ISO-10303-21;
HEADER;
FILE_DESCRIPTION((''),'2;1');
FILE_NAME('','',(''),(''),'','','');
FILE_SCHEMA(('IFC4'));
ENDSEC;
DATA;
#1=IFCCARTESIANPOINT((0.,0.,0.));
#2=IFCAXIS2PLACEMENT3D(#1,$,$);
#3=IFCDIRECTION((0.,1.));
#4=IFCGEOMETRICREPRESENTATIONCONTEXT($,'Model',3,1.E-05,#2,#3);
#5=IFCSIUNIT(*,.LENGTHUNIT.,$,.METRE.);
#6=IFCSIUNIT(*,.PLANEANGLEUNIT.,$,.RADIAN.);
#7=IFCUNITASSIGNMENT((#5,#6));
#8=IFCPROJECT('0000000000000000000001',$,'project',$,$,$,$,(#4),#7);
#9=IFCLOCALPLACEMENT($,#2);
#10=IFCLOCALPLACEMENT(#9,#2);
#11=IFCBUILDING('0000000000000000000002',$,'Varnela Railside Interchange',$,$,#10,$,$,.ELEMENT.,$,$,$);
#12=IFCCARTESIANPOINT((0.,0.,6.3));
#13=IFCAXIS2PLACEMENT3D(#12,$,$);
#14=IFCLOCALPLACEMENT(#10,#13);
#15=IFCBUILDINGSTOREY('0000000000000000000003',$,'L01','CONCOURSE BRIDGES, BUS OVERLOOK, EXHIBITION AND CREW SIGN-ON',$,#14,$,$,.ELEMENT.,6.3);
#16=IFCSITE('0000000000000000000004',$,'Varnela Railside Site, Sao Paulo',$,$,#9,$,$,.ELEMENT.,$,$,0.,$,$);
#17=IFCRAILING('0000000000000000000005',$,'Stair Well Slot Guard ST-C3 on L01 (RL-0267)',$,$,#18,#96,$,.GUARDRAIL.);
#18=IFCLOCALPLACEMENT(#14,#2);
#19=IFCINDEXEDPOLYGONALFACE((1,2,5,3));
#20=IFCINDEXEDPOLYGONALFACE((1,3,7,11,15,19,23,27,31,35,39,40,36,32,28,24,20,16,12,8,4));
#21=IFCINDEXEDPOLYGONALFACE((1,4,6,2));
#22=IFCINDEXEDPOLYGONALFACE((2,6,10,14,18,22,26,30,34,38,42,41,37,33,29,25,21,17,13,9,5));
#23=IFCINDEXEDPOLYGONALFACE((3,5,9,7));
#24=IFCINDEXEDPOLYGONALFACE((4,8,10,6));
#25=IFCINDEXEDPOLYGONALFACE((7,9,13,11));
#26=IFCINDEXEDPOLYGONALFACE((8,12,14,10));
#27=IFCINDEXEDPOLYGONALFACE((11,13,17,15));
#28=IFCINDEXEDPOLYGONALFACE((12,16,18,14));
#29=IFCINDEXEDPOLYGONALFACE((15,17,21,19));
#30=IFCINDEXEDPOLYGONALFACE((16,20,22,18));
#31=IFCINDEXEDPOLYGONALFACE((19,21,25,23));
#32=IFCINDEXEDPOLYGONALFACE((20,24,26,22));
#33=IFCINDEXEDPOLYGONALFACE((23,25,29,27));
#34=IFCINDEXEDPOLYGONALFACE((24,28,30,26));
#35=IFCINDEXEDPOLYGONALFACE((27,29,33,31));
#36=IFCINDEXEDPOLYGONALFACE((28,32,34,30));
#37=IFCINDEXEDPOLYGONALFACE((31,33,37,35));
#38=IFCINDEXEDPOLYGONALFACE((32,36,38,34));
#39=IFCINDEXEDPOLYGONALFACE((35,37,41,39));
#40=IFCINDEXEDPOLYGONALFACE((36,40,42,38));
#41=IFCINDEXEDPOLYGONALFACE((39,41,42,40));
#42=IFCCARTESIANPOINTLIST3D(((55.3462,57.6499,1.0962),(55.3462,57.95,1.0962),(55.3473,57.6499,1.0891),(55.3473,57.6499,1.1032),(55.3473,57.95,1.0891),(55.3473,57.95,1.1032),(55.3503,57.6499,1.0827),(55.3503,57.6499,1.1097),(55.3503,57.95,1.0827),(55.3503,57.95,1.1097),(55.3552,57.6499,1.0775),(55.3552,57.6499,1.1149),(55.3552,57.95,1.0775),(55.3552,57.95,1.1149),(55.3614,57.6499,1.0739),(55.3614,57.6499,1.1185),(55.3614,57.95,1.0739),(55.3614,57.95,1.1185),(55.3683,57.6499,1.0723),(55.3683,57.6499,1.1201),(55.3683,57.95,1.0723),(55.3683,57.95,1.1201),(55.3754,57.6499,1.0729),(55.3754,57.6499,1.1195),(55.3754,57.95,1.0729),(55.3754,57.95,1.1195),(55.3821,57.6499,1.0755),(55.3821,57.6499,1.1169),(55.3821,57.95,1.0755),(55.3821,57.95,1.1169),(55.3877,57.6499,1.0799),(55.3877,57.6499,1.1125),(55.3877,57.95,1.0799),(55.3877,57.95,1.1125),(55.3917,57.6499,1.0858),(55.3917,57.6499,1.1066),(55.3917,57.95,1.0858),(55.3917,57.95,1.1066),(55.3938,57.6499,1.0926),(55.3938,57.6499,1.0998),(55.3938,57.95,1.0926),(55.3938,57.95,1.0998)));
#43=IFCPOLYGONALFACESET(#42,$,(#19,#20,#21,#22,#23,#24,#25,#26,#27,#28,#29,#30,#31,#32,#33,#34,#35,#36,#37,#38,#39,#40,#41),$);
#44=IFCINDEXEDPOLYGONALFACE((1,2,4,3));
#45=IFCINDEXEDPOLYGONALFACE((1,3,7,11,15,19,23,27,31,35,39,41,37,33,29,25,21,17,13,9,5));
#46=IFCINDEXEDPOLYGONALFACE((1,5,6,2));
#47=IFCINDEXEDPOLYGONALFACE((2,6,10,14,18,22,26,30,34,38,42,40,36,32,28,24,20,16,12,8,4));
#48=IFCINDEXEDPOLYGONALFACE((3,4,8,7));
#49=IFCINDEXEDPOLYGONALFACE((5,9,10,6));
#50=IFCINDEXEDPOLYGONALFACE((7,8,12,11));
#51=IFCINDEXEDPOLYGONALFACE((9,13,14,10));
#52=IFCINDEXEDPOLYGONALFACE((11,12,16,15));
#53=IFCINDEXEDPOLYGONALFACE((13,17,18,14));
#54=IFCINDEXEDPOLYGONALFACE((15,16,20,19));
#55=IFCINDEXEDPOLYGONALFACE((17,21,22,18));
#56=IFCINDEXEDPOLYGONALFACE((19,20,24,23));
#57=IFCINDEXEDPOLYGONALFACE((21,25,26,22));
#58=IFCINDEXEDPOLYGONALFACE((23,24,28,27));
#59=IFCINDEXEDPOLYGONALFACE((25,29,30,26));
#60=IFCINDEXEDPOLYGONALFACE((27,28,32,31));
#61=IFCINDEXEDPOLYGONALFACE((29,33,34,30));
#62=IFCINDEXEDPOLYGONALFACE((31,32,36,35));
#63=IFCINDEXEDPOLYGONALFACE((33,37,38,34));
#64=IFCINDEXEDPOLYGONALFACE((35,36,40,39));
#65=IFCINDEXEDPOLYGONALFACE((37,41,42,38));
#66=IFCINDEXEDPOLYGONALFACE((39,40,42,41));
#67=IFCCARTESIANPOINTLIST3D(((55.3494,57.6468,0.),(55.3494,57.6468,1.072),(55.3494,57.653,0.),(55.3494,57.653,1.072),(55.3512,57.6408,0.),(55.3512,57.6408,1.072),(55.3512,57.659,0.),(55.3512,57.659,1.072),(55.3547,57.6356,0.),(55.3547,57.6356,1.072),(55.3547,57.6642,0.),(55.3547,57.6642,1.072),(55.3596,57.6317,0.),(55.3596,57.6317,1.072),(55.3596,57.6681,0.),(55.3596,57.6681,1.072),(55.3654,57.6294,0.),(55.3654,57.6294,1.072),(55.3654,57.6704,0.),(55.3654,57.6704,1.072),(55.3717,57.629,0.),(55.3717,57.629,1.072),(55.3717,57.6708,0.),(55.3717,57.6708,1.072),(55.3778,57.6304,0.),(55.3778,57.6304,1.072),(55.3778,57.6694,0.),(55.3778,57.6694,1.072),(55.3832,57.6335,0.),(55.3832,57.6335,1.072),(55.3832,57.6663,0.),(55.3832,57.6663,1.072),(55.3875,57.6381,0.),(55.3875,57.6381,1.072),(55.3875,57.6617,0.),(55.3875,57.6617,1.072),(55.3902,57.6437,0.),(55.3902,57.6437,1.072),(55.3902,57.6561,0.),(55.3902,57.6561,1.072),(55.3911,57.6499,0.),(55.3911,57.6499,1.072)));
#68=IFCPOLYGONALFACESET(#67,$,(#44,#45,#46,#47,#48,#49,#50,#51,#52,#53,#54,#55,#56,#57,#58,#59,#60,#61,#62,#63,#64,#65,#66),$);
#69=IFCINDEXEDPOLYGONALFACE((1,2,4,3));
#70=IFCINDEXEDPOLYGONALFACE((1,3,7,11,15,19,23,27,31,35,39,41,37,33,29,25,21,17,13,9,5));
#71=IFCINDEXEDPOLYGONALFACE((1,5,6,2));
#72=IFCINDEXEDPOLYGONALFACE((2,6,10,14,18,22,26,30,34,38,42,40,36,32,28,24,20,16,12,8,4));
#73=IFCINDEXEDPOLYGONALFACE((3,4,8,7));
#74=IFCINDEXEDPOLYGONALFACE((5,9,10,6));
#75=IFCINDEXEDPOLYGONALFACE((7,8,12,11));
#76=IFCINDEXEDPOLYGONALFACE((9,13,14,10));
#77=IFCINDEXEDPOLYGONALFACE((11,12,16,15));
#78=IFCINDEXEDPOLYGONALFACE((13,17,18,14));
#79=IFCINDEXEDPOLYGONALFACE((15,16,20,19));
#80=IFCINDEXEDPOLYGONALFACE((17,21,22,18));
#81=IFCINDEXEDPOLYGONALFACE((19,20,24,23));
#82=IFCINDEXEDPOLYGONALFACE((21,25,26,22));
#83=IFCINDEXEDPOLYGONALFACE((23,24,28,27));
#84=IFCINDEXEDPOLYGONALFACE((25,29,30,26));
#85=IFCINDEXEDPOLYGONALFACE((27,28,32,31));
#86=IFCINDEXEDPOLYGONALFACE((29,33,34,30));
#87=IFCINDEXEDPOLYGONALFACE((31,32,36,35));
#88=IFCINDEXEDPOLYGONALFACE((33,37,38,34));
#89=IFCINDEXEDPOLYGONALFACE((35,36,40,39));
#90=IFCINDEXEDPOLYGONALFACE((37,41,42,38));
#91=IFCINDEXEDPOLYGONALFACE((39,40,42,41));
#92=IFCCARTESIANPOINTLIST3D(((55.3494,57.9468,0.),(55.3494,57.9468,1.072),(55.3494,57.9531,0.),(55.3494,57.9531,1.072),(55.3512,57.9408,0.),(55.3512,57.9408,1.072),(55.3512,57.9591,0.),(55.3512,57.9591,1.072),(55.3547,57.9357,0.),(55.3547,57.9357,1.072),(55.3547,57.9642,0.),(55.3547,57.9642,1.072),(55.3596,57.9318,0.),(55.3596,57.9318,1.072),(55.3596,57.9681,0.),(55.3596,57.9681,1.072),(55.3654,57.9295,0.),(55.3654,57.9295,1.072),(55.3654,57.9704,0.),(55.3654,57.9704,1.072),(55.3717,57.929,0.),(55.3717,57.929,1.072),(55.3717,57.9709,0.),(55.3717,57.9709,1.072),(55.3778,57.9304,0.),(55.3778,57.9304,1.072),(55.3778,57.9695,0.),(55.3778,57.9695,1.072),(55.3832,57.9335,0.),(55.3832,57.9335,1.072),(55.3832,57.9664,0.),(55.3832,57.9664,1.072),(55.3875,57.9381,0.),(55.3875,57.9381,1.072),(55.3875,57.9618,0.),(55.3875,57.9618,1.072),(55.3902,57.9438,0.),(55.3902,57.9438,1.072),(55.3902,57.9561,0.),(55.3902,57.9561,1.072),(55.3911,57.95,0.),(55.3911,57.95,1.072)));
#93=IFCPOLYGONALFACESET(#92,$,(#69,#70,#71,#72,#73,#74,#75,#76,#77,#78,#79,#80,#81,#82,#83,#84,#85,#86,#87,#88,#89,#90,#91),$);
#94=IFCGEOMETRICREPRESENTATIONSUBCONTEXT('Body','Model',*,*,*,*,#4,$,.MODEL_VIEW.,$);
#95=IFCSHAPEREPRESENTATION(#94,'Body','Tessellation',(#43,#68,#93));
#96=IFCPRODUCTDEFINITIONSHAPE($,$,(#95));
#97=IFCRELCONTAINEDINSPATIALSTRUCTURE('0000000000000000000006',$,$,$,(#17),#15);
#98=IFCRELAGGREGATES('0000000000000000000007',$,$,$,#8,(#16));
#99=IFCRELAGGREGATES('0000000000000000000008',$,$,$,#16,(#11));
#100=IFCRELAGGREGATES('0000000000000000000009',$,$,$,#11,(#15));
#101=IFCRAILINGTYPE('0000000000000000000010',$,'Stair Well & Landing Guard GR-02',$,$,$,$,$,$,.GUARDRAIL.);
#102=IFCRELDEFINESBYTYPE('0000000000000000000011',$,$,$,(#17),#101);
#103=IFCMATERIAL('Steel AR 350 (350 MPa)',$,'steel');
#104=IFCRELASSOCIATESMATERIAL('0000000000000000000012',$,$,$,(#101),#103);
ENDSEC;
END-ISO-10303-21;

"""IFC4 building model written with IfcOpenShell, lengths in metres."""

from ifc_helpers import new_model, si_unit, direction, frame, origin, origin_2d, place, context, subcontext, project, spatial, circle, extrude, material, type_object, element, save


model = new_model("IFC4")

# Units and contexts
model_context = context("Model", 3, precision=1e-05, world=origin(), true_north=direction((0.0, 1.0)))
body_context = subcontext(model_context, "Body", "Model", "MODEL_VIEW")
ifc_project = project(units=[si_unit("LENGTHUNIT", "METRE"), si_unit("PLANEANGLEUNIT", "RADIAN")], contexts=[model_context])

# Site, building, storey
site_placement = place(None, origin())
site = spatial("IfcSite", under=ifc_project, at=site_placement, Name="Varnela Railside Site, Sao Paulo", CompositionType="ELEMENT", RefElevation=0.0)
building_placement = place(site_placement, origin())
building = spatial("IfcBuilding", under=site, at=building_placement, Name="Varnela Railside Interchange", CompositionType="ELEMENT")
storey_placement = place(building_placement, frame((0.0, 0.0, 6.3)))
storey = spatial("IfcBuildingStorey", under=building, at=storey_placement, Name="L01", Description="CONCOURSE BRIDGES, BUS OVERLOOK, EXHIBITION AND CREW SIGN-ON", CompositionType="ELEMENT", Elevation=6.3)

# Shared definitions
ifc_material_1 = material(Name="Steel AR 350 (350 MPa)", Category="steel")

# Railing
railing_type_1 = type_object("IfcRailingType", Name="Stair Well & Landing Guard GR-02", PredefinedType="GUARDRAIL", material=ifc_material_1)
railing_1_placement = place(storey_placement, frame((55.3701, 57.6499, 0.0)))
element("IfcRailing", 1, at=railing_1_placement, inside=storey, type_object=railing_type_1, Name="Stair Well Slot Guard ST-C3 on L01 (RL-0267)", PredefinedType="GUARDRAIL", context=body_context, shape_type="SweptSolid", body=[
    extrude(circle(Radius=0.0239, at=origin_2d()), frame((0.0, 0.0, 1.0962), z_axis=(0.0, 1.0, 0.0), x_axis=(-1.0, 0.0, 0.0)), (0.0, 0.0, 1.0), 0.3),
    extrude(circle(Radius=0.021, at=origin_2d()), origin(), (0.0, 0.0, 1.0), 1.072),
    extrude(circle(Radius=0.021, at=origin_2d()), frame((0.0, 0.3, 0.0)), (0.0, 0.0, 1.0), 1.072),
])

save(model, "model.ifc")
